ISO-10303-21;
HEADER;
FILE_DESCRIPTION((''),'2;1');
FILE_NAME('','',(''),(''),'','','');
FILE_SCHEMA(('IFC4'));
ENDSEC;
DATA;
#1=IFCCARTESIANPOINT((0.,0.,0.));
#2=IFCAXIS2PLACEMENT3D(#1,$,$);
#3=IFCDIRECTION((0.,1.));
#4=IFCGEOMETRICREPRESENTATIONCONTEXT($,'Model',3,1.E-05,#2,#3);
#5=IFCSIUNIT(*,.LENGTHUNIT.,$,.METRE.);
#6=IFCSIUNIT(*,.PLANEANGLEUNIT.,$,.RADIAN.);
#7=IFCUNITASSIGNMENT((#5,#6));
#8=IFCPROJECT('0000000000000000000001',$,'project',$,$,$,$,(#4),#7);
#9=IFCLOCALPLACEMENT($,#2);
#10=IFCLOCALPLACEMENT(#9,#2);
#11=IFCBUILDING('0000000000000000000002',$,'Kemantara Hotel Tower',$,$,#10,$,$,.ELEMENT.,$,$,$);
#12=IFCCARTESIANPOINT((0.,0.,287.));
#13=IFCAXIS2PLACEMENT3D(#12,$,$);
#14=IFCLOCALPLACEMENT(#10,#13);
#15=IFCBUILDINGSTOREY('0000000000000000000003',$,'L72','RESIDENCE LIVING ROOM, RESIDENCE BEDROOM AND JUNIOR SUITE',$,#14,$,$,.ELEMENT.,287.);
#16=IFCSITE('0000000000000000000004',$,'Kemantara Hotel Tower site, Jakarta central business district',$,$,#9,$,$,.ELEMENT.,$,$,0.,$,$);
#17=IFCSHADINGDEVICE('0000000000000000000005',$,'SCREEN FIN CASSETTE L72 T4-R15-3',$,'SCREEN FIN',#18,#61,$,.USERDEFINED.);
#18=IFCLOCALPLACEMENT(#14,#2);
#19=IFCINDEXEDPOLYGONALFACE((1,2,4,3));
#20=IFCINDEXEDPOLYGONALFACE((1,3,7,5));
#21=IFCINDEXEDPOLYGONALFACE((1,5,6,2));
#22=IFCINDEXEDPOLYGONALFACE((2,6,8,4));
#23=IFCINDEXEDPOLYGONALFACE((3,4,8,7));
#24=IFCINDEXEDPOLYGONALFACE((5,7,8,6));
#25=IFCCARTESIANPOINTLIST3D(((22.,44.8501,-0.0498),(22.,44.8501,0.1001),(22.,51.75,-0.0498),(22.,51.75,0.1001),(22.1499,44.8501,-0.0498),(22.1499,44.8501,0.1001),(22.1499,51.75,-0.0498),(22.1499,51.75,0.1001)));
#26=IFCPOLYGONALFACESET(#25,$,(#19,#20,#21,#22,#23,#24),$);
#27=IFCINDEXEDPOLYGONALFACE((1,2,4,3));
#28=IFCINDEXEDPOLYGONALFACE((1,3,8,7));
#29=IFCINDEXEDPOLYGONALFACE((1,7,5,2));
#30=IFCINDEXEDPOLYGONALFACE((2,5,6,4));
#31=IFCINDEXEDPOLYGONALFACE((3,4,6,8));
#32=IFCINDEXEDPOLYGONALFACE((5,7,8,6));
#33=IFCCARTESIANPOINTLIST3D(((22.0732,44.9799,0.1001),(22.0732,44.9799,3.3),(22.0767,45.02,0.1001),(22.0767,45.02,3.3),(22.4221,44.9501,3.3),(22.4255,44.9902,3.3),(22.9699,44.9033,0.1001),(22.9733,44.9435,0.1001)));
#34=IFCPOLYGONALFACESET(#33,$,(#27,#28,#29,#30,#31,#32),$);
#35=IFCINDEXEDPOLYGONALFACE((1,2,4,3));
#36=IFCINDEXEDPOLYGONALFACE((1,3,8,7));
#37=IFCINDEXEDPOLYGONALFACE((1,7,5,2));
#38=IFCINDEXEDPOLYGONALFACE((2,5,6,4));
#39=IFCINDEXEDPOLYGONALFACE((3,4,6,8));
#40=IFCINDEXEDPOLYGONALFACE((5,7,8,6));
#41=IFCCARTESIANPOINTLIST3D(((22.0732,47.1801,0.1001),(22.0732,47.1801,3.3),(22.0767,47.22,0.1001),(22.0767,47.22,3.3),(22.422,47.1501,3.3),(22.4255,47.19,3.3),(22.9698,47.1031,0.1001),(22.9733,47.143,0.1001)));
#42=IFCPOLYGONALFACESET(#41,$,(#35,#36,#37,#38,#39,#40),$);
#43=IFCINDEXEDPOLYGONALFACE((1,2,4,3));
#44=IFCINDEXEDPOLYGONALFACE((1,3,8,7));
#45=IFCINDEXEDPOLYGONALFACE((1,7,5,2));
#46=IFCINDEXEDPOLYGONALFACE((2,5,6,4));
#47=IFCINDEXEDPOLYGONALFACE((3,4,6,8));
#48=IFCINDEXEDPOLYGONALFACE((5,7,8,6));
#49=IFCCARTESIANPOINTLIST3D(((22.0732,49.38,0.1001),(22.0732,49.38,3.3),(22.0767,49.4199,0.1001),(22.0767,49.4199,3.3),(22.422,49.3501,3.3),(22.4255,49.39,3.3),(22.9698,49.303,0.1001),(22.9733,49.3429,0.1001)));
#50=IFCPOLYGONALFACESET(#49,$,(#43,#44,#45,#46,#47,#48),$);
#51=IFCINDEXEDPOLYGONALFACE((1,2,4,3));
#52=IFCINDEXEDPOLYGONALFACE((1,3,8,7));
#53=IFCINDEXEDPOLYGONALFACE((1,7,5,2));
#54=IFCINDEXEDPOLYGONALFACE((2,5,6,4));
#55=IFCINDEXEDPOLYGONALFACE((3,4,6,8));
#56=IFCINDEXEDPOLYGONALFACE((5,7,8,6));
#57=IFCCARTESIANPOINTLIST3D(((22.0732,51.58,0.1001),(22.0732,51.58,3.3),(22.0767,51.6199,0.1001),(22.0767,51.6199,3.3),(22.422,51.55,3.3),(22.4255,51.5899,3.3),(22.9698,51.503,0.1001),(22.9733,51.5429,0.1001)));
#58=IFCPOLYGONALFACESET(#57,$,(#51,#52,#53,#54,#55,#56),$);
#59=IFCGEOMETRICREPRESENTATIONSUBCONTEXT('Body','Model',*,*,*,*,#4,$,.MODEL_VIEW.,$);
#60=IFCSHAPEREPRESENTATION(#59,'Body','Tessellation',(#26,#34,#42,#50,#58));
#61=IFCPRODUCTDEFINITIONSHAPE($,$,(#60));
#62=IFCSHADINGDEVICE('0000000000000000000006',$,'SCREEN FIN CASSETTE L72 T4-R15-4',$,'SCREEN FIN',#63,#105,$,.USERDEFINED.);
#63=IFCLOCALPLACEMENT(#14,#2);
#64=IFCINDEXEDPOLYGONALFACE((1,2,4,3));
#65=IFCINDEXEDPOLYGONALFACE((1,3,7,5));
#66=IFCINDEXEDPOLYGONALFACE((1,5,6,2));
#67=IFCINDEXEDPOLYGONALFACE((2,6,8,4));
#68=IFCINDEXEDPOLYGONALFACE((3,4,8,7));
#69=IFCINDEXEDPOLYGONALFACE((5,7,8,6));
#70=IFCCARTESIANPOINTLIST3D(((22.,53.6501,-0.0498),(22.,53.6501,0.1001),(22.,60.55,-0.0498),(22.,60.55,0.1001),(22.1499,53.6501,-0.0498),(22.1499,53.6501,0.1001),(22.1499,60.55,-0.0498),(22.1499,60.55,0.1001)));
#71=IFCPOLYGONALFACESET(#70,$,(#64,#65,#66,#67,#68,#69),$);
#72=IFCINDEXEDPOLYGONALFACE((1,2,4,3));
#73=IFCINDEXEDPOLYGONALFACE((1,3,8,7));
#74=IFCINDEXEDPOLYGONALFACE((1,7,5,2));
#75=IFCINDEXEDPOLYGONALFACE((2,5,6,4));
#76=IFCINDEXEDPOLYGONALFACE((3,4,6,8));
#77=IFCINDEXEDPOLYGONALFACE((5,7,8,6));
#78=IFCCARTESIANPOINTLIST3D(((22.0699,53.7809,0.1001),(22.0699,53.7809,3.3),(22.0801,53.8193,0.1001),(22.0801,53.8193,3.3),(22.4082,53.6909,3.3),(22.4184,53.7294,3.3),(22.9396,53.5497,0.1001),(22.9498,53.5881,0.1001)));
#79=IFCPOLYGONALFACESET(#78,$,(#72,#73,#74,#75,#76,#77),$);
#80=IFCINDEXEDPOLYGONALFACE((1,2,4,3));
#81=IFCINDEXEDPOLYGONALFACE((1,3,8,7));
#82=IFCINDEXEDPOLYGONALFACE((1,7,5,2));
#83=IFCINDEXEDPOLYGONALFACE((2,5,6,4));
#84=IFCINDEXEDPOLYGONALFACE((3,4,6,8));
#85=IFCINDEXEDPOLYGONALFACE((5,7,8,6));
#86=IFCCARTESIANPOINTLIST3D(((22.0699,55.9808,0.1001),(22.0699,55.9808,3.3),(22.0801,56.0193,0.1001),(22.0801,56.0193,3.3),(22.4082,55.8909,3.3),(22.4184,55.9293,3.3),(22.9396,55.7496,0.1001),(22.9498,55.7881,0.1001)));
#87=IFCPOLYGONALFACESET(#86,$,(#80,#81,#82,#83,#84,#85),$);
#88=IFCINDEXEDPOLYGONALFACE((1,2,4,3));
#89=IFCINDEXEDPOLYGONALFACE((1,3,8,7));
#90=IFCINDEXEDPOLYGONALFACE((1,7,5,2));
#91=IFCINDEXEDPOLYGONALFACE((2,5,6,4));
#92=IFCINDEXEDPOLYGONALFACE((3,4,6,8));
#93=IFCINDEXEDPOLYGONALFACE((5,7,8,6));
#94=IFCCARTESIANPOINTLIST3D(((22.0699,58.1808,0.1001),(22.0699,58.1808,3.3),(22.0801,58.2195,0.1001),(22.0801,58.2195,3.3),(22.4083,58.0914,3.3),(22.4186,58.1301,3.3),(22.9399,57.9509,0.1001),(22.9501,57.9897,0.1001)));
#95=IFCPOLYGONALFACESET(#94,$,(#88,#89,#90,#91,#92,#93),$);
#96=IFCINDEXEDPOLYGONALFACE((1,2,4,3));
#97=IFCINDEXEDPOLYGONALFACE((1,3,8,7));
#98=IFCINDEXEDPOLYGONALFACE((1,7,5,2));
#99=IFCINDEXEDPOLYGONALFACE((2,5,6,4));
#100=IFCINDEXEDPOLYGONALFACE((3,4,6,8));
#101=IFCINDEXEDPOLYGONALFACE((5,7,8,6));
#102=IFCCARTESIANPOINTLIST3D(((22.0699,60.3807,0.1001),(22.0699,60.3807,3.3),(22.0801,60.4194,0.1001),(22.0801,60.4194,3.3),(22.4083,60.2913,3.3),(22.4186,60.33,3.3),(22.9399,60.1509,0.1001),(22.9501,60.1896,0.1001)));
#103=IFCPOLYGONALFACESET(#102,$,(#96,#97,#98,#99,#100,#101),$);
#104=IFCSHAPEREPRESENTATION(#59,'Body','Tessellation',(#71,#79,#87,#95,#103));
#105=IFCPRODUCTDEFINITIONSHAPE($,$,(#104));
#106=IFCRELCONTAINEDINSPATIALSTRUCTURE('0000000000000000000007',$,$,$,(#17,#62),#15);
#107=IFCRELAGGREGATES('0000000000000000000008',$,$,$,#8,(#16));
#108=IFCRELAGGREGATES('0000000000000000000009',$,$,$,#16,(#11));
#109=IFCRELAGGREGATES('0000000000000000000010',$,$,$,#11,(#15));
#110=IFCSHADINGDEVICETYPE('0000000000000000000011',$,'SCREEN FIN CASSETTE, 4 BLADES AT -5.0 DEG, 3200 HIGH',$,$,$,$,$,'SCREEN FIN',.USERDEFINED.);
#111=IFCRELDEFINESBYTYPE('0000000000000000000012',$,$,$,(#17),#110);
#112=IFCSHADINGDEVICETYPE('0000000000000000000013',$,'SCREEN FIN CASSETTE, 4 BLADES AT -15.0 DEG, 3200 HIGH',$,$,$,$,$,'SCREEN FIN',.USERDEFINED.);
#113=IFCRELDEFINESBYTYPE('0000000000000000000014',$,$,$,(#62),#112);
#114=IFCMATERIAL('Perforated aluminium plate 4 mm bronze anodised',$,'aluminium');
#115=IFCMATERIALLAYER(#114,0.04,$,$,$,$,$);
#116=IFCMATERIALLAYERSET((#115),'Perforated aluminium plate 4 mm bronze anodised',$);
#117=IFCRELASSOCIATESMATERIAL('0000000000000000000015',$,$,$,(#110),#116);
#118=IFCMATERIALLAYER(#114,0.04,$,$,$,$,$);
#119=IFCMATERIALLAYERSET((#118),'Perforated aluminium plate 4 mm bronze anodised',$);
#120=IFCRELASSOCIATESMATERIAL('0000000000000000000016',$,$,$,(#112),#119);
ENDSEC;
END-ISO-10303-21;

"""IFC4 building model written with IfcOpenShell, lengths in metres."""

from ifc_helpers import new_model, si_unit, direction, frame, origin, origin_2d, place, context, subcontext, project, spatial, polyline, rectangle, outline, extrude, source, transform, mapped, material, layer, layer_set, type_object, element, save


model = new_model("IFC4")

# Units and contexts
model_context = context("Model", 3, precision=1e-05, world=origin(), true_north=direction((0.0, 1.0)))
body_context = subcontext(model_context, "Body", "Model", "MODEL_VIEW")
ifc_project = project(units=[si_unit("LENGTHUNIT", "METRE"), si_unit("PLANEANGLEUNIT", "RADIAN")], contexts=[model_context])

# Site, building, storey
site_placement = place(None, origin())
site = spatial("IfcSite", under=ifc_project, at=site_placement, Name="Kemantara Hotel Tower site, Jakarta central business district", CompositionType="ELEMENT", RefElevation=0.0)
building_placement = place(site_placement, origin())
building = spatial("IfcBuilding", under=site, at=building_placement, Name="Kemantara Hotel Tower", CompositionType="ELEMENT")
storey_placement = place(building_placement, frame((0.0, 0.0, 287.0)))
storey = spatial("IfcBuildingStorey", under=building, at=storey_placement, Name="L72", Description="RESIDENCE LIVING ROOM, RESIDENCE BEDROOM AND JUNIOR SUITE", CompositionType="ELEMENT", Elevation=287.0)

# Shading devices
ifc_material_1 = material(Name="Perforated aluminium plate 4 mm bronze anodised", Category="aluminium")
ifc_layer_1 = layer(ifc_material_1, 0.04)
ifc_layer_set_1 = layer_set([ifc_layer_1], Name="Perforated aluminium plate 4 mm bronze anodised")
shading_device_type_1 = type_object("IfcShadingDeviceType", Name="SCREEN FIN CASSETTE, 4 BLADES AT -5.0 DEG, 3200 HIGH", ElementType="SCREEN FIN", PredefinedType="USERDEFINED", material=ifc_layer_set_1)
shared_shape_1 = source(origin(), body_context, "Body", "SweptSolid", [
    extrude(rectangle(XDim=6.8999, YDim=0.1499, at=origin_2d()), frame((3.3, -0.075, -0.1499), z_axis=(0.0, 0.0, 1.0), x_axis=(1.0, 0.0, 0.0)), (0.0, 0.0, 1.0), 0.1499),
    extrude(outline(polyline([(0.0, 0.0), (0.8999, 0.0), (0.3501, 3.2), (0.0, 3.2), (0.0, 0.0)])), frame((0.02, -0.0767, 0.0), z_axis=(-0.996376, 0.085056, 0.0), x_axis=(-0.085056, -0.996376, 0.0)), (0.0, 0.0, 1.0), 0.0403),
    extrude(outline(polyline([(0.0, 0.0), (0.8999, 0.0), (0.3501, 3.2), (0.0, 3.2), (0.0, 0.0)])), frame((2.22, -0.0767, 0.0), z_axis=(-0.996332, 0.085575, 0.0), x_axis=(-0.085575, -0.996332, 0.0)), (0.0, 0.0, 1.0), 0.04),
    extrude(outline(polyline([(0.0, 0.0), (0.8999, 0.0), (0.3501, 3.2), (0.0, 3.2), (0.0, 0.0)])), frame((4.4199, -0.0767, 0.0), z_axis=(-0.996332, 0.085575, 0.0), x_axis=(-0.085575, -0.996332, 0.0)), (0.0, 0.0, 1.0), 0.04),
    extrude(outline(polyline([(0.0, 0.0), (0.8999, 0.0), (0.3501, 3.2), (0.0, 3.2), (0.0, 0.0)])), frame((6.6199, -0.0767, 0.0), z_axis=(-0.996332, 0.085575, 0.0), x_axis=(-0.085575, -0.996332, 0.0)), (0.0, 0.0, 1.0), 0.04),
])
shading_device_1_placement = place(storey_placement, frame((22.0, 45.0, 0.1001), z_axis=(0.0, 0.0, 1.0), x_axis=(0.0, 1.0, 0.0)))
element("IfcShadingDevice", 1, at=shading_device_1_placement, inside=storey, type_object=shading_device_type_1, Name="SCREEN FIN CASSETTE L72 T4-R15-3", ObjectType="SCREEN FIN", PredefinedType="USERDEFINED", context=body_context, shape_type="MappedRepresentation", body=[
    mapped(shared_shape_1, transform((0.0, 0.0, 0.0))),
])
ifc_layer_2 = layer(ifc_material_1, 0.04)
ifc_layer_set_2 = layer_set([ifc_layer_2], Name="Perforated aluminium plate 4 mm bronze anodised")
shading_device_type_2 = type_object("IfcShadingDeviceType", Name="SCREEN FIN CASSETTE, 4 BLADES AT -15.0 DEG, 3200 HIGH", ElementType="SCREEN FIN", PredefinedType="USERDEFINED", material=ifc_layer_set_2)
shared_shape_2 = source(origin(), body_context, "Body", "SweptSolid", [
    extrude(rectangle(XDim=6.8999, YDim=0.1499, at=origin_2d()), frame((3.3, -0.075, -0.1499), z_axis=(0.0, 0.0, 1.0), x_axis=(1.0, 0.0, 0.0)), (0.0, 0.0, 1.0), 0.1499),
    extrude(outline(polyline([(0.0, 0.0), (0.8999, 0.0), (0.3501, 3.2), (0.0, 3.2), (0.0, 0.0)])), frame((0.0193, -0.0801, 0.0), z_axis=(-0.966438, 0.256901, 0.0), x_axis=(-0.256901, -0.966438, 0.0)), (0.0, 0.0, 1.0), 0.0398),
    extrude(outline(polyline([(0.0, 0.0), (0.8999, 0.0), (0.3501, 3.2), (0.0, 3.2), (0.0, 0.0)])), frame((2.2192, -0.0801, 0.0), z_axis=(-0.966438, 0.256901, 0.0), x_axis=(-0.256901, -0.966438, 0.0)), (0.0, 0.0, 1.0), 0.0398),
    extrude(outline(polyline([(0.0, 0.0), (0.8999, 0.0), (0.3501, 3.2), (0.0, 3.2), (0.0, 0.0)])), frame((4.4194, -0.0801, 0.0), z_axis=(-0.966838, 0.255391, 0.0), x_axis=(-0.255391, -0.966838, 0.0)), (0.0, 0.0, 1.0), 0.04),
    extrude(outline(polyline([(0.0, 0.0), (0.8999, 0.0), (0.3501, 3.2), (0.0, 3.2), (0.0, 0.0)])), frame((6.6194, -0.0801, 0.0), z_axis=(-0.966838, 0.255391, 0.0), x_axis=(-0.255391, -0.966838, 0.0)), (0.0, 0.0, 1.0), 0.04),
])
shading_device_2_placement = place(storey_placement, frame((22.0, 53.8, 0.1001), z_axis=(0.0, 0.0, 1.0), x_axis=(0.0, 1.0, 0.0)))
element("IfcShadingDevice", 2, at=shading_device_2_placement, inside=storey, type_object=shading_device_type_2, Name="SCREEN FIN CASSETTE L72 T4-R15-4", ObjectType="SCREEN FIN", PredefinedType="USERDEFINED", context=body_context, shape_type="MappedRepresentation", body=[
    mapped(shared_shape_2, transform((0.0, 0.0, 0.0))),
])

save(model, "model.ifc")
